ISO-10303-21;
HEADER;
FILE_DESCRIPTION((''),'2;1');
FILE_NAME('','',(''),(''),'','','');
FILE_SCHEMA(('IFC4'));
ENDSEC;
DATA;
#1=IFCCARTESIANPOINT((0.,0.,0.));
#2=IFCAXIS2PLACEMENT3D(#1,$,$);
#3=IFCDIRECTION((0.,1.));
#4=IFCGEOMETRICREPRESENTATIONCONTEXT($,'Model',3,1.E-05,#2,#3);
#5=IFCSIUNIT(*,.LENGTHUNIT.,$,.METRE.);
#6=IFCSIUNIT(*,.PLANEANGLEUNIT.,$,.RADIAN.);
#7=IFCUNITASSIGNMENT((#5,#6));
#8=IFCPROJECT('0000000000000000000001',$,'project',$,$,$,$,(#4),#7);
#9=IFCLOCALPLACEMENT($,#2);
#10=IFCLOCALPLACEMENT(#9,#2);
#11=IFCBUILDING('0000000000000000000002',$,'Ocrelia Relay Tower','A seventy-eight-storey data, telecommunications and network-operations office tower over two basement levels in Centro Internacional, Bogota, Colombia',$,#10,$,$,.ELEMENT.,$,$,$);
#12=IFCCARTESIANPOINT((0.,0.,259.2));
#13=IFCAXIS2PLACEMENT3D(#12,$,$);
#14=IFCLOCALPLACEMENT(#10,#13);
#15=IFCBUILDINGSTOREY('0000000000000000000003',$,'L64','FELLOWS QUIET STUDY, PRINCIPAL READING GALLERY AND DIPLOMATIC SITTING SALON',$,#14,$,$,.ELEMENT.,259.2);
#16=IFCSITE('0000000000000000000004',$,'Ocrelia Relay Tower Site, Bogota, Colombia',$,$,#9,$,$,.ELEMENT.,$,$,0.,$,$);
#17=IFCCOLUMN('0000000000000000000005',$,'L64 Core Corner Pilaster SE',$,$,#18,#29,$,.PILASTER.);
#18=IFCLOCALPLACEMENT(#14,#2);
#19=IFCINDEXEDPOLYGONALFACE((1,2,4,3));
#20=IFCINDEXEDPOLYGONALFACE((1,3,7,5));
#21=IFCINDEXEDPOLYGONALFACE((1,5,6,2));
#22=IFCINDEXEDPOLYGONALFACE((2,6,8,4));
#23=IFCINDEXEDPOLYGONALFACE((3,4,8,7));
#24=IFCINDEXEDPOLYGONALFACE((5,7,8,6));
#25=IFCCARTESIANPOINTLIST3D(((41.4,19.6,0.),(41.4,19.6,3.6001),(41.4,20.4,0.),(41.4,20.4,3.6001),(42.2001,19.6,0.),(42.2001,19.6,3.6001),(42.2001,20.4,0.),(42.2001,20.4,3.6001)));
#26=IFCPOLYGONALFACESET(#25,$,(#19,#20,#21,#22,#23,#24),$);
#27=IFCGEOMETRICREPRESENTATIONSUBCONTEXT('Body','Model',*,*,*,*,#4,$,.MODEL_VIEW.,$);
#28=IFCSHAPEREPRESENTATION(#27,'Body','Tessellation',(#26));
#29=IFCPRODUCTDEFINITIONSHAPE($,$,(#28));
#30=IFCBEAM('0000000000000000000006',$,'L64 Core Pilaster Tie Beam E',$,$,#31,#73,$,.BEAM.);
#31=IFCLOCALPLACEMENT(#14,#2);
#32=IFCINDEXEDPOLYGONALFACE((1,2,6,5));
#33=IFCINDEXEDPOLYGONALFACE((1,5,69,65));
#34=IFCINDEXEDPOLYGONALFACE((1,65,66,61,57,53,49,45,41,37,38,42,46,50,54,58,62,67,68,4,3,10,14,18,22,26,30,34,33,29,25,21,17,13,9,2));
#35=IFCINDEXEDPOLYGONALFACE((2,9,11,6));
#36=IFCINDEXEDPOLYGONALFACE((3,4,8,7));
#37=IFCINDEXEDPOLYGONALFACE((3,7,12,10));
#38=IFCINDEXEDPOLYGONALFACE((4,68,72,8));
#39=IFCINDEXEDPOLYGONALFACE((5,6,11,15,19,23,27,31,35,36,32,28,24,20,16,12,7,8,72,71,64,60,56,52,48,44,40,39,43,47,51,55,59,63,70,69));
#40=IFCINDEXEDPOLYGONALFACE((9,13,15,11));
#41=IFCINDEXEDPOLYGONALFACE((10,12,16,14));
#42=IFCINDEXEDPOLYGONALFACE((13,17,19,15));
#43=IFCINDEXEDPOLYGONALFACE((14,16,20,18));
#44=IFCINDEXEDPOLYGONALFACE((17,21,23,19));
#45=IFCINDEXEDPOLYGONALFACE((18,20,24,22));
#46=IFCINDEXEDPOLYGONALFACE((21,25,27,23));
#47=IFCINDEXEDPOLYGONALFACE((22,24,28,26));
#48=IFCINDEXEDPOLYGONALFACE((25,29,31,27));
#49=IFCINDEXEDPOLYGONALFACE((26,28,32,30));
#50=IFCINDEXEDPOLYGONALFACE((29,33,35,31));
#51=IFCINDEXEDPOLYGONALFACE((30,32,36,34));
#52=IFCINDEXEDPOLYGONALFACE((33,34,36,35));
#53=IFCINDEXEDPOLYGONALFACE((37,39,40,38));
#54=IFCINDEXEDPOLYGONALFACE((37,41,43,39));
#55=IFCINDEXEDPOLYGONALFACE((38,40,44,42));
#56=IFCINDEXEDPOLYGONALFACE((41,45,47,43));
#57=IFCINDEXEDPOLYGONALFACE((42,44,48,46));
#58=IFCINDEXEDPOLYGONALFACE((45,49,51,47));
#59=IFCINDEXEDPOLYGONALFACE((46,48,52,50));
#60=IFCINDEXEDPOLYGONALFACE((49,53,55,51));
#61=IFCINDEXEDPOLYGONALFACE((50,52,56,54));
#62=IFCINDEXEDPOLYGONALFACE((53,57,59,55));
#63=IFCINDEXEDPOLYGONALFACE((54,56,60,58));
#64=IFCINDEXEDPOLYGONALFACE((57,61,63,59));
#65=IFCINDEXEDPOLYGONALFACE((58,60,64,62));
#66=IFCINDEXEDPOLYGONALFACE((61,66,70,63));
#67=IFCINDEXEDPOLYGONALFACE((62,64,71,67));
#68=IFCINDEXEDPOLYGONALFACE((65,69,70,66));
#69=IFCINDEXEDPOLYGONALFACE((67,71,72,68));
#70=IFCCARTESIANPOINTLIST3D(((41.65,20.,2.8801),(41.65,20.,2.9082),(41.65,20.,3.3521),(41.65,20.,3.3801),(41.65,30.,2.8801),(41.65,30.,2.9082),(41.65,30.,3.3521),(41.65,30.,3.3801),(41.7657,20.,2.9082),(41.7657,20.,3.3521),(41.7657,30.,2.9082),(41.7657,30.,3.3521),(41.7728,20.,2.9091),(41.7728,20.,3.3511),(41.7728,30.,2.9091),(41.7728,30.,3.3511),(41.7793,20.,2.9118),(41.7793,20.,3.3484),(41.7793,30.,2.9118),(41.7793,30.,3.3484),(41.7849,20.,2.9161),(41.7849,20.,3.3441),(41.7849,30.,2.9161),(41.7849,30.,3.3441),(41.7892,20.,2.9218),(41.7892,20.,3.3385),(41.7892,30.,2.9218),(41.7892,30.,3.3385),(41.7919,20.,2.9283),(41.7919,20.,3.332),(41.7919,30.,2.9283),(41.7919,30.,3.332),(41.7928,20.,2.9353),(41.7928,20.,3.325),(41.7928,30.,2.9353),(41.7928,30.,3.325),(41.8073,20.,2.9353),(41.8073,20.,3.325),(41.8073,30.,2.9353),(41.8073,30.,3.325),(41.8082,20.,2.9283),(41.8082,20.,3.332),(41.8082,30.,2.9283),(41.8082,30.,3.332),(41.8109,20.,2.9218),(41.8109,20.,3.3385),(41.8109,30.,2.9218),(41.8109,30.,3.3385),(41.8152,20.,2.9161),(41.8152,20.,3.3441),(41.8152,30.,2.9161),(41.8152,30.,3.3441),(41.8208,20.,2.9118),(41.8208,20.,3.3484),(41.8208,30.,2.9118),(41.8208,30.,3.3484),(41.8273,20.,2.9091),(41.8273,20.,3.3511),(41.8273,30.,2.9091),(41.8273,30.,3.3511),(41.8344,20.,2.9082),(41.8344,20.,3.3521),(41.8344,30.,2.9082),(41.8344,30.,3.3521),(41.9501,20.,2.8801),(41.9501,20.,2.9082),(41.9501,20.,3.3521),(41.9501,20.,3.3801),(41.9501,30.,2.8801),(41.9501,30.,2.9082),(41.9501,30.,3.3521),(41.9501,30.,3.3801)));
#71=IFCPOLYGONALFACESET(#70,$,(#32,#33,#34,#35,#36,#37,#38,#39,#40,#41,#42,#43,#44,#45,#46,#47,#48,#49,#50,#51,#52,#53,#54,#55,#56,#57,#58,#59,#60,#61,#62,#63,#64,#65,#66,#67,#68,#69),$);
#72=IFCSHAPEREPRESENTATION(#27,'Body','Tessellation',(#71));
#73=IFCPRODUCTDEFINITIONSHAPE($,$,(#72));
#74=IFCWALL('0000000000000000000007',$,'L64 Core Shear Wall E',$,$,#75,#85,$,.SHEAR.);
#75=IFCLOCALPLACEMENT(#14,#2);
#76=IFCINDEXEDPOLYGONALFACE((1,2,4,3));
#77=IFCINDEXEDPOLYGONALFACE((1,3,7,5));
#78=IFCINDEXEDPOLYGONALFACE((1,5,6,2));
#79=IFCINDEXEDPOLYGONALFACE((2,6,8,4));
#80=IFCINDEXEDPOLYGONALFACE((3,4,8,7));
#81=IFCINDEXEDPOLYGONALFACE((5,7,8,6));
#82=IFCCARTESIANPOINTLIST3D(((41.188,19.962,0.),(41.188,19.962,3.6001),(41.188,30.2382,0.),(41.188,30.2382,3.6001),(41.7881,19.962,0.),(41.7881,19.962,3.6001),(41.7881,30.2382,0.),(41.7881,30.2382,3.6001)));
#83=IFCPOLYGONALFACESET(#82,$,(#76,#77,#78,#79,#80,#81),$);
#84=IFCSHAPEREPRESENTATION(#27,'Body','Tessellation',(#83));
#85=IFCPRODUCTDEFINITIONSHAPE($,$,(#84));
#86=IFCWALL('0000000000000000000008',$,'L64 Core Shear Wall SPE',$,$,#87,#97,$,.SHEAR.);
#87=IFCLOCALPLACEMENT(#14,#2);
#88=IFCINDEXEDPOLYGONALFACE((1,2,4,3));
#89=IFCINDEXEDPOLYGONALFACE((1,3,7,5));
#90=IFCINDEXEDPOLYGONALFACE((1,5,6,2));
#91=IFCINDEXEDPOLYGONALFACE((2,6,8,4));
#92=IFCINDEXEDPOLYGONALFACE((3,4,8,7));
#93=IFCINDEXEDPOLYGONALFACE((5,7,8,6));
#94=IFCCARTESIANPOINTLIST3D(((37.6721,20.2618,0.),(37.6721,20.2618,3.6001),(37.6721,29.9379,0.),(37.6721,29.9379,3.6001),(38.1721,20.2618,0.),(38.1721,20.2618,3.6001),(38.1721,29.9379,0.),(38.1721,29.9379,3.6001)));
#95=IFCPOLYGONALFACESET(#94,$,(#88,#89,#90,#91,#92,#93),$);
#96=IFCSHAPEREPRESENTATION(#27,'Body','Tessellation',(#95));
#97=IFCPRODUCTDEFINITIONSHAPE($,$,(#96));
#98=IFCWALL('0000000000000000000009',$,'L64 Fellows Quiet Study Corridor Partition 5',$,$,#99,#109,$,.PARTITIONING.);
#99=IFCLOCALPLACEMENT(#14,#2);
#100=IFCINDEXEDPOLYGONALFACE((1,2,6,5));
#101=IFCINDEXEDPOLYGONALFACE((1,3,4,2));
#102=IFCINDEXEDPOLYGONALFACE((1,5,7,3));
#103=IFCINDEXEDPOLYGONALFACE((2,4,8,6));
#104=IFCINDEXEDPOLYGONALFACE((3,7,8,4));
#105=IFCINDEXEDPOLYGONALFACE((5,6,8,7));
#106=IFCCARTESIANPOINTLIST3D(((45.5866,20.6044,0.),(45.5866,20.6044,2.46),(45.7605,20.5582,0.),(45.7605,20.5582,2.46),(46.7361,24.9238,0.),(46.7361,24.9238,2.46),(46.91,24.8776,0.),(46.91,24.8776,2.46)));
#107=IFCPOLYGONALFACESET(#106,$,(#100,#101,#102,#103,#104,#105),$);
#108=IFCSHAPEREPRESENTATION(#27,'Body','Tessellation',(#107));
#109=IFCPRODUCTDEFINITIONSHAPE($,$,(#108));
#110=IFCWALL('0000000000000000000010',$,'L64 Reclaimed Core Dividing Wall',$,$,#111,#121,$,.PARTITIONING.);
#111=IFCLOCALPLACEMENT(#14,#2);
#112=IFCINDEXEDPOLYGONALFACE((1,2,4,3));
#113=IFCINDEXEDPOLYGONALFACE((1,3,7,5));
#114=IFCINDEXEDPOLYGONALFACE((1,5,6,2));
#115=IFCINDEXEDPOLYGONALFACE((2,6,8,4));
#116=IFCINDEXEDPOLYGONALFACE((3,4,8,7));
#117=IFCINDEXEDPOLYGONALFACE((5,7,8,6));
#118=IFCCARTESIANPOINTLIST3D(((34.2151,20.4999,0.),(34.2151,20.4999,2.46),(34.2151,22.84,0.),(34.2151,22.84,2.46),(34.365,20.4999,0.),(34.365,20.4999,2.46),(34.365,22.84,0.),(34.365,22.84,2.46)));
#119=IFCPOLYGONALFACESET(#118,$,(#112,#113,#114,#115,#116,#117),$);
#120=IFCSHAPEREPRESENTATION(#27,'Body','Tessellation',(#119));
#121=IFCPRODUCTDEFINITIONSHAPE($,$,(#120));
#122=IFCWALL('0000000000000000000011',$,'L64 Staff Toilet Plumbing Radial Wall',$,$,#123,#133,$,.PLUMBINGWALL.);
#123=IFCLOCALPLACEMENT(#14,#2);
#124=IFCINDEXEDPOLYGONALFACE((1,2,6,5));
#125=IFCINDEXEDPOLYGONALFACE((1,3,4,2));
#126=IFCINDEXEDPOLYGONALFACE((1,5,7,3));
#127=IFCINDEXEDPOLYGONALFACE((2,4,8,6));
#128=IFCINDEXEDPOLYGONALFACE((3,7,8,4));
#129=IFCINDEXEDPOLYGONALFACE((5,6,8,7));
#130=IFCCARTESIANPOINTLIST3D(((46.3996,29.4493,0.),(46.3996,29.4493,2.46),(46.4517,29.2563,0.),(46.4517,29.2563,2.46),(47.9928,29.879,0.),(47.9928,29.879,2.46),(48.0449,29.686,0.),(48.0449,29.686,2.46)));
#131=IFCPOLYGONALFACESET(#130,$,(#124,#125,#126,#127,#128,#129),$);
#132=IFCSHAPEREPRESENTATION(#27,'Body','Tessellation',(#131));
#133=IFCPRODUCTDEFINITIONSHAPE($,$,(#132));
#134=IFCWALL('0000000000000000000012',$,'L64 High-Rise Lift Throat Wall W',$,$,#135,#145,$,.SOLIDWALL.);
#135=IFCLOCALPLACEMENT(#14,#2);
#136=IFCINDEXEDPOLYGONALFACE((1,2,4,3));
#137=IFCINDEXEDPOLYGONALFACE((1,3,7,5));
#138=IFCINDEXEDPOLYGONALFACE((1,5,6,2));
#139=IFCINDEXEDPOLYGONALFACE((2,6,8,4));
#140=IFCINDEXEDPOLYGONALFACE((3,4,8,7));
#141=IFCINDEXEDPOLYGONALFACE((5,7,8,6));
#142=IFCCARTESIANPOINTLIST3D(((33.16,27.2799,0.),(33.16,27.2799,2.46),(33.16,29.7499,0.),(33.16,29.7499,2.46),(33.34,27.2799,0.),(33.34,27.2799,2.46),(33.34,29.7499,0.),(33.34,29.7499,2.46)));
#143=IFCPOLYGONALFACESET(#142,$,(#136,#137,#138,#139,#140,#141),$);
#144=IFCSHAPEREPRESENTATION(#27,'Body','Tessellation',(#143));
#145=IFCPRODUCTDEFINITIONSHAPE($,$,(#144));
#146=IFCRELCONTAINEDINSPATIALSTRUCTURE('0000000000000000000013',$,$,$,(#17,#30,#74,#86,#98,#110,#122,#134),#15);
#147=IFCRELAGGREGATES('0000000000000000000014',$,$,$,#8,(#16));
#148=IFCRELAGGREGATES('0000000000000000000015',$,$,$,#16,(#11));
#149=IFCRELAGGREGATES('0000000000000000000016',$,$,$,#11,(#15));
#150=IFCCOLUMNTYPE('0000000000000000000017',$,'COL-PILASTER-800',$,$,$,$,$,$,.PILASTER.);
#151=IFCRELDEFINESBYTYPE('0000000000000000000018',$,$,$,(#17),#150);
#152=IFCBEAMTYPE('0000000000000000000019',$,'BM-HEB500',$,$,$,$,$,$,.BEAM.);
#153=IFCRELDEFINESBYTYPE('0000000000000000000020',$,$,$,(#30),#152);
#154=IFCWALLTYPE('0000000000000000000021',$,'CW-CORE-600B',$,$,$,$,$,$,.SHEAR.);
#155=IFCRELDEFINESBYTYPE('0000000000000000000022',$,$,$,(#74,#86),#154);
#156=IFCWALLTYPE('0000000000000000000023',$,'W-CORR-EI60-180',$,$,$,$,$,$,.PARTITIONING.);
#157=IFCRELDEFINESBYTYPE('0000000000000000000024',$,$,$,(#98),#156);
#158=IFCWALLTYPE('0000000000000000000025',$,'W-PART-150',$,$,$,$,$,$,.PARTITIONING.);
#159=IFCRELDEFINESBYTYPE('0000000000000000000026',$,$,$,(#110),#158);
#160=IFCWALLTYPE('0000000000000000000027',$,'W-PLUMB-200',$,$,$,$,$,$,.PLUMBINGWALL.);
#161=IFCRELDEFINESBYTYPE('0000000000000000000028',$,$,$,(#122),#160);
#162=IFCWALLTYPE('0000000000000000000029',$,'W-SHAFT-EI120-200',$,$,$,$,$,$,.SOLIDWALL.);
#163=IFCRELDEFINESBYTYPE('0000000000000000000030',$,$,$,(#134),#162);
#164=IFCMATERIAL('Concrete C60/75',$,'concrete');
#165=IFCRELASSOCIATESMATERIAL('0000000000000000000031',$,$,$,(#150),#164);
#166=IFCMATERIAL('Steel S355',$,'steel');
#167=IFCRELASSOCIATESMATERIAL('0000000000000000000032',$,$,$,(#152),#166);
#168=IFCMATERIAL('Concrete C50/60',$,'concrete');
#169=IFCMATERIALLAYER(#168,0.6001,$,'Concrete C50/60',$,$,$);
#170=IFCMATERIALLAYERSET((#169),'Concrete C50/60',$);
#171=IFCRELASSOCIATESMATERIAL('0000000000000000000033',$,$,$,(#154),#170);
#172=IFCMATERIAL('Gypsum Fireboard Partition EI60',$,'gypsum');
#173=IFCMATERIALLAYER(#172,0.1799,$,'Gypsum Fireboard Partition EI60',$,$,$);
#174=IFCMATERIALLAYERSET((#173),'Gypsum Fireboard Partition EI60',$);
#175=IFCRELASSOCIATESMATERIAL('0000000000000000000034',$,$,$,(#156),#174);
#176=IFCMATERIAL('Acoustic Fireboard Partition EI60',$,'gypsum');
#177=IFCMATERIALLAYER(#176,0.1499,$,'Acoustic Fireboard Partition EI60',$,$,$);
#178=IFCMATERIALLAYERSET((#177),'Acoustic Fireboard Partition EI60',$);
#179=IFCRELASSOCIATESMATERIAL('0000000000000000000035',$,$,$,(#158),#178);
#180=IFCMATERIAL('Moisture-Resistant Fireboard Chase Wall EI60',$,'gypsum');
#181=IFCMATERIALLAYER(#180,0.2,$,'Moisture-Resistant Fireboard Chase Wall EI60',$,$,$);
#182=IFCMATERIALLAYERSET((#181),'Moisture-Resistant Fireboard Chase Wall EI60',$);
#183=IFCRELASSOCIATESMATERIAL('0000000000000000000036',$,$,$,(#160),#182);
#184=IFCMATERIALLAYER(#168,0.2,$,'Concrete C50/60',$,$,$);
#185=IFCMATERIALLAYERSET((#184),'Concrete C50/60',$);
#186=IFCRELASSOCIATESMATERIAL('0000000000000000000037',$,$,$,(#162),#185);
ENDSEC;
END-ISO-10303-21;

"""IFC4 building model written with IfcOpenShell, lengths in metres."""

from ifc_helpers import new_model, si_unit, direction, frame, frame_2d, origin, origin_2d, place, context, subcontext, project, spatial, rectangle, i_section, extrude, material, layer, layer_set, material_profile, profile_set, type_object, element, save


model = new_model("IFC4")

# Units and contexts
model_context = context("Model", 3, precision=1e-05, world=origin(), true_north=direction((0.0, 1.0)))
body_context = subcontext(model_context, "Body", "Model", "MODEL_VIEW")
ifc_project = project(units=[si_unit("LENGTHUNIT", "METRE"), si_unit("PLANEANGLEUNIT", "RADIAN")], contexts=[model_context])

# Site, building, storey
site_placement = place(None, origin())
site = spatial("IfcSite", under=ifc_project, at=site_placement, Name="Ocrelia Relay Tower Site, Bogota, Colombia", CompositionType="ELEMENT", RefElevation=0.0)
building_placement = place(site_placement, origin())
building = spatial("IfcBuilding", under=site, at=building_placement, Name="Ocrelia Relay Tower", Description="A seventy-eight-storey data, telecommunications and network-operations office tower over two basement levels in Centro Internacional, Bogota, Colombia", CompositionType="ELEMENT")
storey_placement = place(building_placement, frame((0.0, 0.0, 259.2)))
storey = spatial("IfcBuildingStorey", under=building, at=storey_placement, Name="L64", Description="FELLOWS QUIET STUDY, PRINCIPAL READING GALLERY AND DIPLOMATIC SITTING SALON", CompositionType="ELEMENT", Elevation=259.2)

# Column
ifc_material_1 = material(Name="Concrete C60/75", Category="concrete")
ifc_material_profile_1 = material_profile(ifc_material_1, rectangle(XDim=0.8, YDim=0.8, at=origin_2d()), Name="RC-COL-800x800")
ifc_profile_set_1 = profile_set([ifc_material_profile_1], Name="Concrete C60/75")
column_type = type_object("IfcColumnType", Name="COL-PILASTER-800", PredefinedType="PILASTER", material=ifc_profile_set_1)
column_placement = place(storey_placement, frame((41.8, 20.0, 0.0), z_axis=(0.0, 0.0, 1.0), x_axis=(1.0, 0.0, 0.0)))
element("IfcColumn", 1, at=column_placement, inside=storey, type_object=column_type, Name="L64 Core Corner Pilaster SE", PredefinedType="PILASTER", context=body_context, shape_type="SweptSolid", body=[
    extrude(rectangle(XDim=0.8, YDim=0.8, at=origin_2d()), origin(), (0.0, 0.0, 1.0), 3.6001),
])

# Beam
ifc_material_2 = material(Name="Steel S355", Category="steel")
ifc_material_profile_2 = material_profile(ifc_material_2, i_section(OverallWidth=0.3, OverallDepth=0.5, WebThickness=0.0144, FlangeThickness=0.0281, FilletRadius=0.0271, at=origin_2d()), Name="HEB 500")
ifc_profile_set_2 = profile_set([ifc_material_profile_2], Name="Steel S355")
beam_type = type_object("IfcBeamType", Name="BM-HEB500", PredefinedType="BEAM", material=ifc_profile_set_2)
beam_placement = place(storey_placement, frame((41.8, 20.0, 3.1301), z_axis=(0.0, 1.0, 0.0), x_axis=(-1.0, 0.0, 0.0)))
element("IfcBeam", 2, at=beam_placement, inside=storey, type_object=beam_type, Name="L64 Core Pilaster Tie Beam E", PredefinedType="BEAM", context=body_context, shape_type="SweptSolid", body=[
    extrude(i_section(OverallWidth=0.3, OverallDepth=0.5, WebThickness=0.0144, FlangeThickness=0.0281, FilletRadius=0.0271, at=origin_2d()), origin(), (0.0, 0.0, 1.0), 10.0),
])

# Walls
ifc_material_3 = material(Name="Concrete C50/60", Category="concrete")
ifc_layer_1 = layer(ifc_material_3, 0.6001, Name="Concrete C50/60")
ifc_layer_set_1 = layer_set([ifc_layer_1], Name="Concrete C50/60")
wall_type_1 = type_object("IfcWallType", Name="CW-CORE-600B", PredefinedType="SHEAR", material=ifc_layer_set_1)
wall_1_placement = place(storey_placement, frame((41.488, 19.9619, 0.0), z_axis=(0.0, 0.0, 1.0), x_axis=(0.0, 1.0, 0.0)))
element("IfcWall", 3, at=wall_1_placement, inside=storey, type_object=wall_type_1, Name="L64 Core Shear Wall E", PredefinedType="SHEAR", context=body_context, shape_type="SweptSolid", body=[
    extrude(rectangle(XDim=10.2761, YDim=0.6001, at=frame_2d((5.1382, 0.0))), origin(), (0.0, 0.0, 1.0), 3.6001),
])
wall_2_placement = place(storey_placement, frame((37.9221, 20.262, 0.0), z_axis=(0.0, 0.0, 1.0), x_axis=(0.0, 1.0, 0.0)))
element("IfcWall", 4, at=wall_2_placement, inside=storey, type_object=wall_type_1, Name="L64 Core Shear Wall SPE", PredefinedType="SHEAR", context=body_context, shape_type="SweptSolid", body=[
    extrude(rectangle(XDim=9.676, YDim=0.5, at=frame_2d((4.8379, 0.0))), origin(), (0.0, 0.0, 1.0), 3.6001),
])
ifc_material_4 = material(Name="Gypsum Fireboard Partition EI60", Category="gypsum")
ifc_layer_2 = layer(ifc_material_4, 0.1799, Name="Gypsum Fireboard Partition EI60")
ifc_layer_set_2 = layer_set([ifc_layer_2], Name="Gypsum Fireboard Partition EI60")
wall_type_2 = type_object("IfcWallType", Name="W-CORR-EI60-180", PredefinedType="PARTITIONING", material=ifc_layer_set_2)
wall_3_placement = place(storey_placement, frame((45.6736, 20.5813, 0.0), z_axis=(0.0, 0.0, 1.0), x_axis=(0.257159, 0.966369, 0.0)))
element("IfcWall", 5, at=wall_3_placement, inside=storey, type_object=wall_type_2, Name="L64 Fellows Quiet Study Corridor Partition 5", PredefinedType="PARTITIONING", context=body_context, shape_type="SweptSolid", body=[
    extrude(rectangle(XDim=4.4697, YDim=0.1799, at=frame_2d((2.2349, 0.0))), origin(), (0.0, 0.0, 1.0), 2.46),
])
ifc_material_5 = material(Name="Acoustic Fireboard Partition EI60", Category="gypsum")
ifc_layer_3 = layer(ifc_material_5, 0.1499, Name="Acoustic Fireboard Partition EI60")
ifc_layer_set_3 = layer_set([ifc_layer_3], Name="Acoustic Fireboard Partition EI60")
wall_type_3 = type_object("IfcWallType", Name="W-PART-150", PredefinedType="PARTITIONING", material=ifc_layer_set_3)
wall_4_placement = place(storey_placement, frame((34.29, 20.5, 0.0), z_axis=(0.0, 0.0, 1.0), x_axis=(0.0, 1.0, 0.0)))
element("IfcWall", 6, at=wall_4_placement, inside=storey, type_object=wall_type_3, Name="L64 Reclaimed Core Dividing Wall", PredefinedType="PARTITIONING", context=body_context, shape_type="SweptSolid", body=[
    extrude(rectangle(XDim=2.3401, YDim=0.1499, at=frame_2d((1.1699, 0.0))), origin(), (0.0, 0.0, 1.0), 2.46),
])
ifc_material_6 = material(Name="Moisture-Resistant Fireboard Chase Wall EI60", Category="gypsum")
ifc_layer_4 = layer(ifc_material_6, 0.2, Name="Moisture-Resistant Fireboard Chase Wall EI60")
ifc_layer_set_4 = layer_set([ifc_layer_4], Name="Moisture-Resistant Fireboard Chase Wall EI60")
wall_type_4 = type_object("IfcWallType", Name="W-PLUMB-200", PredefinedType="PLUMBINGWALL", material=ifc_layer_set_4)
wall_5_placement = place(storey_placement, frame((46.4255, 29.3528, 0.0), z_axis=(0.0, 0.0, 1.0), x_axis=(0.965504, 0.260387, 0.0)))
element("IfcWall", 7, at=wall_5_placement, inside=storey, type_object=wall_type_4, Name="L64 Staff Toilet Plumbing Radial Wall", PredefinedType="PLUMBINGWALL", context=body_context, shape_type="SweptSolid", body=[
    extrude(rectangle(XDim=1.6501, YDim=0.2, at=frame_2d((0.8252, 0.0))), origin(), (0.0, 0.0, 1.0), 2.46),
])
ifc_layer_5 = layer(ifc_material_3, 0.2, Name="Concrete C50/60")
ifc_layer_set_5 = layer_set([ifc_layer_5], Name="Concrete C50/60")
wall_type_5 = type_object("IfcWallType", Name="W-SHAFT-EI120-200", PredefinedType="SOLIDWALL", material=ifc_layer_set_5)
wall_6_placement = place(storey_placement, frame((33.25, 27.28, 0.0), z_axis=(0.0, 0.0, 1.0), x_axis=(0.0, 1.0, 0.0)))
element("IfcWall", 8, at=wall_6_placement, inside=storey, type_object=wall_type_5, Name="L64 High-Rise Lift Throat Wall W", PredefinedType="SOLIDWALL", context=body_context, shape_type="SweptSolid", body=[
    extrude(rectangle(XDim=2.47, YDim=0.1799, at=frame_2d((1.2349, 0.0))), origin(), (0.0, 0.0, 1.0), 2.46),
])

save(model, "model.ifc")
